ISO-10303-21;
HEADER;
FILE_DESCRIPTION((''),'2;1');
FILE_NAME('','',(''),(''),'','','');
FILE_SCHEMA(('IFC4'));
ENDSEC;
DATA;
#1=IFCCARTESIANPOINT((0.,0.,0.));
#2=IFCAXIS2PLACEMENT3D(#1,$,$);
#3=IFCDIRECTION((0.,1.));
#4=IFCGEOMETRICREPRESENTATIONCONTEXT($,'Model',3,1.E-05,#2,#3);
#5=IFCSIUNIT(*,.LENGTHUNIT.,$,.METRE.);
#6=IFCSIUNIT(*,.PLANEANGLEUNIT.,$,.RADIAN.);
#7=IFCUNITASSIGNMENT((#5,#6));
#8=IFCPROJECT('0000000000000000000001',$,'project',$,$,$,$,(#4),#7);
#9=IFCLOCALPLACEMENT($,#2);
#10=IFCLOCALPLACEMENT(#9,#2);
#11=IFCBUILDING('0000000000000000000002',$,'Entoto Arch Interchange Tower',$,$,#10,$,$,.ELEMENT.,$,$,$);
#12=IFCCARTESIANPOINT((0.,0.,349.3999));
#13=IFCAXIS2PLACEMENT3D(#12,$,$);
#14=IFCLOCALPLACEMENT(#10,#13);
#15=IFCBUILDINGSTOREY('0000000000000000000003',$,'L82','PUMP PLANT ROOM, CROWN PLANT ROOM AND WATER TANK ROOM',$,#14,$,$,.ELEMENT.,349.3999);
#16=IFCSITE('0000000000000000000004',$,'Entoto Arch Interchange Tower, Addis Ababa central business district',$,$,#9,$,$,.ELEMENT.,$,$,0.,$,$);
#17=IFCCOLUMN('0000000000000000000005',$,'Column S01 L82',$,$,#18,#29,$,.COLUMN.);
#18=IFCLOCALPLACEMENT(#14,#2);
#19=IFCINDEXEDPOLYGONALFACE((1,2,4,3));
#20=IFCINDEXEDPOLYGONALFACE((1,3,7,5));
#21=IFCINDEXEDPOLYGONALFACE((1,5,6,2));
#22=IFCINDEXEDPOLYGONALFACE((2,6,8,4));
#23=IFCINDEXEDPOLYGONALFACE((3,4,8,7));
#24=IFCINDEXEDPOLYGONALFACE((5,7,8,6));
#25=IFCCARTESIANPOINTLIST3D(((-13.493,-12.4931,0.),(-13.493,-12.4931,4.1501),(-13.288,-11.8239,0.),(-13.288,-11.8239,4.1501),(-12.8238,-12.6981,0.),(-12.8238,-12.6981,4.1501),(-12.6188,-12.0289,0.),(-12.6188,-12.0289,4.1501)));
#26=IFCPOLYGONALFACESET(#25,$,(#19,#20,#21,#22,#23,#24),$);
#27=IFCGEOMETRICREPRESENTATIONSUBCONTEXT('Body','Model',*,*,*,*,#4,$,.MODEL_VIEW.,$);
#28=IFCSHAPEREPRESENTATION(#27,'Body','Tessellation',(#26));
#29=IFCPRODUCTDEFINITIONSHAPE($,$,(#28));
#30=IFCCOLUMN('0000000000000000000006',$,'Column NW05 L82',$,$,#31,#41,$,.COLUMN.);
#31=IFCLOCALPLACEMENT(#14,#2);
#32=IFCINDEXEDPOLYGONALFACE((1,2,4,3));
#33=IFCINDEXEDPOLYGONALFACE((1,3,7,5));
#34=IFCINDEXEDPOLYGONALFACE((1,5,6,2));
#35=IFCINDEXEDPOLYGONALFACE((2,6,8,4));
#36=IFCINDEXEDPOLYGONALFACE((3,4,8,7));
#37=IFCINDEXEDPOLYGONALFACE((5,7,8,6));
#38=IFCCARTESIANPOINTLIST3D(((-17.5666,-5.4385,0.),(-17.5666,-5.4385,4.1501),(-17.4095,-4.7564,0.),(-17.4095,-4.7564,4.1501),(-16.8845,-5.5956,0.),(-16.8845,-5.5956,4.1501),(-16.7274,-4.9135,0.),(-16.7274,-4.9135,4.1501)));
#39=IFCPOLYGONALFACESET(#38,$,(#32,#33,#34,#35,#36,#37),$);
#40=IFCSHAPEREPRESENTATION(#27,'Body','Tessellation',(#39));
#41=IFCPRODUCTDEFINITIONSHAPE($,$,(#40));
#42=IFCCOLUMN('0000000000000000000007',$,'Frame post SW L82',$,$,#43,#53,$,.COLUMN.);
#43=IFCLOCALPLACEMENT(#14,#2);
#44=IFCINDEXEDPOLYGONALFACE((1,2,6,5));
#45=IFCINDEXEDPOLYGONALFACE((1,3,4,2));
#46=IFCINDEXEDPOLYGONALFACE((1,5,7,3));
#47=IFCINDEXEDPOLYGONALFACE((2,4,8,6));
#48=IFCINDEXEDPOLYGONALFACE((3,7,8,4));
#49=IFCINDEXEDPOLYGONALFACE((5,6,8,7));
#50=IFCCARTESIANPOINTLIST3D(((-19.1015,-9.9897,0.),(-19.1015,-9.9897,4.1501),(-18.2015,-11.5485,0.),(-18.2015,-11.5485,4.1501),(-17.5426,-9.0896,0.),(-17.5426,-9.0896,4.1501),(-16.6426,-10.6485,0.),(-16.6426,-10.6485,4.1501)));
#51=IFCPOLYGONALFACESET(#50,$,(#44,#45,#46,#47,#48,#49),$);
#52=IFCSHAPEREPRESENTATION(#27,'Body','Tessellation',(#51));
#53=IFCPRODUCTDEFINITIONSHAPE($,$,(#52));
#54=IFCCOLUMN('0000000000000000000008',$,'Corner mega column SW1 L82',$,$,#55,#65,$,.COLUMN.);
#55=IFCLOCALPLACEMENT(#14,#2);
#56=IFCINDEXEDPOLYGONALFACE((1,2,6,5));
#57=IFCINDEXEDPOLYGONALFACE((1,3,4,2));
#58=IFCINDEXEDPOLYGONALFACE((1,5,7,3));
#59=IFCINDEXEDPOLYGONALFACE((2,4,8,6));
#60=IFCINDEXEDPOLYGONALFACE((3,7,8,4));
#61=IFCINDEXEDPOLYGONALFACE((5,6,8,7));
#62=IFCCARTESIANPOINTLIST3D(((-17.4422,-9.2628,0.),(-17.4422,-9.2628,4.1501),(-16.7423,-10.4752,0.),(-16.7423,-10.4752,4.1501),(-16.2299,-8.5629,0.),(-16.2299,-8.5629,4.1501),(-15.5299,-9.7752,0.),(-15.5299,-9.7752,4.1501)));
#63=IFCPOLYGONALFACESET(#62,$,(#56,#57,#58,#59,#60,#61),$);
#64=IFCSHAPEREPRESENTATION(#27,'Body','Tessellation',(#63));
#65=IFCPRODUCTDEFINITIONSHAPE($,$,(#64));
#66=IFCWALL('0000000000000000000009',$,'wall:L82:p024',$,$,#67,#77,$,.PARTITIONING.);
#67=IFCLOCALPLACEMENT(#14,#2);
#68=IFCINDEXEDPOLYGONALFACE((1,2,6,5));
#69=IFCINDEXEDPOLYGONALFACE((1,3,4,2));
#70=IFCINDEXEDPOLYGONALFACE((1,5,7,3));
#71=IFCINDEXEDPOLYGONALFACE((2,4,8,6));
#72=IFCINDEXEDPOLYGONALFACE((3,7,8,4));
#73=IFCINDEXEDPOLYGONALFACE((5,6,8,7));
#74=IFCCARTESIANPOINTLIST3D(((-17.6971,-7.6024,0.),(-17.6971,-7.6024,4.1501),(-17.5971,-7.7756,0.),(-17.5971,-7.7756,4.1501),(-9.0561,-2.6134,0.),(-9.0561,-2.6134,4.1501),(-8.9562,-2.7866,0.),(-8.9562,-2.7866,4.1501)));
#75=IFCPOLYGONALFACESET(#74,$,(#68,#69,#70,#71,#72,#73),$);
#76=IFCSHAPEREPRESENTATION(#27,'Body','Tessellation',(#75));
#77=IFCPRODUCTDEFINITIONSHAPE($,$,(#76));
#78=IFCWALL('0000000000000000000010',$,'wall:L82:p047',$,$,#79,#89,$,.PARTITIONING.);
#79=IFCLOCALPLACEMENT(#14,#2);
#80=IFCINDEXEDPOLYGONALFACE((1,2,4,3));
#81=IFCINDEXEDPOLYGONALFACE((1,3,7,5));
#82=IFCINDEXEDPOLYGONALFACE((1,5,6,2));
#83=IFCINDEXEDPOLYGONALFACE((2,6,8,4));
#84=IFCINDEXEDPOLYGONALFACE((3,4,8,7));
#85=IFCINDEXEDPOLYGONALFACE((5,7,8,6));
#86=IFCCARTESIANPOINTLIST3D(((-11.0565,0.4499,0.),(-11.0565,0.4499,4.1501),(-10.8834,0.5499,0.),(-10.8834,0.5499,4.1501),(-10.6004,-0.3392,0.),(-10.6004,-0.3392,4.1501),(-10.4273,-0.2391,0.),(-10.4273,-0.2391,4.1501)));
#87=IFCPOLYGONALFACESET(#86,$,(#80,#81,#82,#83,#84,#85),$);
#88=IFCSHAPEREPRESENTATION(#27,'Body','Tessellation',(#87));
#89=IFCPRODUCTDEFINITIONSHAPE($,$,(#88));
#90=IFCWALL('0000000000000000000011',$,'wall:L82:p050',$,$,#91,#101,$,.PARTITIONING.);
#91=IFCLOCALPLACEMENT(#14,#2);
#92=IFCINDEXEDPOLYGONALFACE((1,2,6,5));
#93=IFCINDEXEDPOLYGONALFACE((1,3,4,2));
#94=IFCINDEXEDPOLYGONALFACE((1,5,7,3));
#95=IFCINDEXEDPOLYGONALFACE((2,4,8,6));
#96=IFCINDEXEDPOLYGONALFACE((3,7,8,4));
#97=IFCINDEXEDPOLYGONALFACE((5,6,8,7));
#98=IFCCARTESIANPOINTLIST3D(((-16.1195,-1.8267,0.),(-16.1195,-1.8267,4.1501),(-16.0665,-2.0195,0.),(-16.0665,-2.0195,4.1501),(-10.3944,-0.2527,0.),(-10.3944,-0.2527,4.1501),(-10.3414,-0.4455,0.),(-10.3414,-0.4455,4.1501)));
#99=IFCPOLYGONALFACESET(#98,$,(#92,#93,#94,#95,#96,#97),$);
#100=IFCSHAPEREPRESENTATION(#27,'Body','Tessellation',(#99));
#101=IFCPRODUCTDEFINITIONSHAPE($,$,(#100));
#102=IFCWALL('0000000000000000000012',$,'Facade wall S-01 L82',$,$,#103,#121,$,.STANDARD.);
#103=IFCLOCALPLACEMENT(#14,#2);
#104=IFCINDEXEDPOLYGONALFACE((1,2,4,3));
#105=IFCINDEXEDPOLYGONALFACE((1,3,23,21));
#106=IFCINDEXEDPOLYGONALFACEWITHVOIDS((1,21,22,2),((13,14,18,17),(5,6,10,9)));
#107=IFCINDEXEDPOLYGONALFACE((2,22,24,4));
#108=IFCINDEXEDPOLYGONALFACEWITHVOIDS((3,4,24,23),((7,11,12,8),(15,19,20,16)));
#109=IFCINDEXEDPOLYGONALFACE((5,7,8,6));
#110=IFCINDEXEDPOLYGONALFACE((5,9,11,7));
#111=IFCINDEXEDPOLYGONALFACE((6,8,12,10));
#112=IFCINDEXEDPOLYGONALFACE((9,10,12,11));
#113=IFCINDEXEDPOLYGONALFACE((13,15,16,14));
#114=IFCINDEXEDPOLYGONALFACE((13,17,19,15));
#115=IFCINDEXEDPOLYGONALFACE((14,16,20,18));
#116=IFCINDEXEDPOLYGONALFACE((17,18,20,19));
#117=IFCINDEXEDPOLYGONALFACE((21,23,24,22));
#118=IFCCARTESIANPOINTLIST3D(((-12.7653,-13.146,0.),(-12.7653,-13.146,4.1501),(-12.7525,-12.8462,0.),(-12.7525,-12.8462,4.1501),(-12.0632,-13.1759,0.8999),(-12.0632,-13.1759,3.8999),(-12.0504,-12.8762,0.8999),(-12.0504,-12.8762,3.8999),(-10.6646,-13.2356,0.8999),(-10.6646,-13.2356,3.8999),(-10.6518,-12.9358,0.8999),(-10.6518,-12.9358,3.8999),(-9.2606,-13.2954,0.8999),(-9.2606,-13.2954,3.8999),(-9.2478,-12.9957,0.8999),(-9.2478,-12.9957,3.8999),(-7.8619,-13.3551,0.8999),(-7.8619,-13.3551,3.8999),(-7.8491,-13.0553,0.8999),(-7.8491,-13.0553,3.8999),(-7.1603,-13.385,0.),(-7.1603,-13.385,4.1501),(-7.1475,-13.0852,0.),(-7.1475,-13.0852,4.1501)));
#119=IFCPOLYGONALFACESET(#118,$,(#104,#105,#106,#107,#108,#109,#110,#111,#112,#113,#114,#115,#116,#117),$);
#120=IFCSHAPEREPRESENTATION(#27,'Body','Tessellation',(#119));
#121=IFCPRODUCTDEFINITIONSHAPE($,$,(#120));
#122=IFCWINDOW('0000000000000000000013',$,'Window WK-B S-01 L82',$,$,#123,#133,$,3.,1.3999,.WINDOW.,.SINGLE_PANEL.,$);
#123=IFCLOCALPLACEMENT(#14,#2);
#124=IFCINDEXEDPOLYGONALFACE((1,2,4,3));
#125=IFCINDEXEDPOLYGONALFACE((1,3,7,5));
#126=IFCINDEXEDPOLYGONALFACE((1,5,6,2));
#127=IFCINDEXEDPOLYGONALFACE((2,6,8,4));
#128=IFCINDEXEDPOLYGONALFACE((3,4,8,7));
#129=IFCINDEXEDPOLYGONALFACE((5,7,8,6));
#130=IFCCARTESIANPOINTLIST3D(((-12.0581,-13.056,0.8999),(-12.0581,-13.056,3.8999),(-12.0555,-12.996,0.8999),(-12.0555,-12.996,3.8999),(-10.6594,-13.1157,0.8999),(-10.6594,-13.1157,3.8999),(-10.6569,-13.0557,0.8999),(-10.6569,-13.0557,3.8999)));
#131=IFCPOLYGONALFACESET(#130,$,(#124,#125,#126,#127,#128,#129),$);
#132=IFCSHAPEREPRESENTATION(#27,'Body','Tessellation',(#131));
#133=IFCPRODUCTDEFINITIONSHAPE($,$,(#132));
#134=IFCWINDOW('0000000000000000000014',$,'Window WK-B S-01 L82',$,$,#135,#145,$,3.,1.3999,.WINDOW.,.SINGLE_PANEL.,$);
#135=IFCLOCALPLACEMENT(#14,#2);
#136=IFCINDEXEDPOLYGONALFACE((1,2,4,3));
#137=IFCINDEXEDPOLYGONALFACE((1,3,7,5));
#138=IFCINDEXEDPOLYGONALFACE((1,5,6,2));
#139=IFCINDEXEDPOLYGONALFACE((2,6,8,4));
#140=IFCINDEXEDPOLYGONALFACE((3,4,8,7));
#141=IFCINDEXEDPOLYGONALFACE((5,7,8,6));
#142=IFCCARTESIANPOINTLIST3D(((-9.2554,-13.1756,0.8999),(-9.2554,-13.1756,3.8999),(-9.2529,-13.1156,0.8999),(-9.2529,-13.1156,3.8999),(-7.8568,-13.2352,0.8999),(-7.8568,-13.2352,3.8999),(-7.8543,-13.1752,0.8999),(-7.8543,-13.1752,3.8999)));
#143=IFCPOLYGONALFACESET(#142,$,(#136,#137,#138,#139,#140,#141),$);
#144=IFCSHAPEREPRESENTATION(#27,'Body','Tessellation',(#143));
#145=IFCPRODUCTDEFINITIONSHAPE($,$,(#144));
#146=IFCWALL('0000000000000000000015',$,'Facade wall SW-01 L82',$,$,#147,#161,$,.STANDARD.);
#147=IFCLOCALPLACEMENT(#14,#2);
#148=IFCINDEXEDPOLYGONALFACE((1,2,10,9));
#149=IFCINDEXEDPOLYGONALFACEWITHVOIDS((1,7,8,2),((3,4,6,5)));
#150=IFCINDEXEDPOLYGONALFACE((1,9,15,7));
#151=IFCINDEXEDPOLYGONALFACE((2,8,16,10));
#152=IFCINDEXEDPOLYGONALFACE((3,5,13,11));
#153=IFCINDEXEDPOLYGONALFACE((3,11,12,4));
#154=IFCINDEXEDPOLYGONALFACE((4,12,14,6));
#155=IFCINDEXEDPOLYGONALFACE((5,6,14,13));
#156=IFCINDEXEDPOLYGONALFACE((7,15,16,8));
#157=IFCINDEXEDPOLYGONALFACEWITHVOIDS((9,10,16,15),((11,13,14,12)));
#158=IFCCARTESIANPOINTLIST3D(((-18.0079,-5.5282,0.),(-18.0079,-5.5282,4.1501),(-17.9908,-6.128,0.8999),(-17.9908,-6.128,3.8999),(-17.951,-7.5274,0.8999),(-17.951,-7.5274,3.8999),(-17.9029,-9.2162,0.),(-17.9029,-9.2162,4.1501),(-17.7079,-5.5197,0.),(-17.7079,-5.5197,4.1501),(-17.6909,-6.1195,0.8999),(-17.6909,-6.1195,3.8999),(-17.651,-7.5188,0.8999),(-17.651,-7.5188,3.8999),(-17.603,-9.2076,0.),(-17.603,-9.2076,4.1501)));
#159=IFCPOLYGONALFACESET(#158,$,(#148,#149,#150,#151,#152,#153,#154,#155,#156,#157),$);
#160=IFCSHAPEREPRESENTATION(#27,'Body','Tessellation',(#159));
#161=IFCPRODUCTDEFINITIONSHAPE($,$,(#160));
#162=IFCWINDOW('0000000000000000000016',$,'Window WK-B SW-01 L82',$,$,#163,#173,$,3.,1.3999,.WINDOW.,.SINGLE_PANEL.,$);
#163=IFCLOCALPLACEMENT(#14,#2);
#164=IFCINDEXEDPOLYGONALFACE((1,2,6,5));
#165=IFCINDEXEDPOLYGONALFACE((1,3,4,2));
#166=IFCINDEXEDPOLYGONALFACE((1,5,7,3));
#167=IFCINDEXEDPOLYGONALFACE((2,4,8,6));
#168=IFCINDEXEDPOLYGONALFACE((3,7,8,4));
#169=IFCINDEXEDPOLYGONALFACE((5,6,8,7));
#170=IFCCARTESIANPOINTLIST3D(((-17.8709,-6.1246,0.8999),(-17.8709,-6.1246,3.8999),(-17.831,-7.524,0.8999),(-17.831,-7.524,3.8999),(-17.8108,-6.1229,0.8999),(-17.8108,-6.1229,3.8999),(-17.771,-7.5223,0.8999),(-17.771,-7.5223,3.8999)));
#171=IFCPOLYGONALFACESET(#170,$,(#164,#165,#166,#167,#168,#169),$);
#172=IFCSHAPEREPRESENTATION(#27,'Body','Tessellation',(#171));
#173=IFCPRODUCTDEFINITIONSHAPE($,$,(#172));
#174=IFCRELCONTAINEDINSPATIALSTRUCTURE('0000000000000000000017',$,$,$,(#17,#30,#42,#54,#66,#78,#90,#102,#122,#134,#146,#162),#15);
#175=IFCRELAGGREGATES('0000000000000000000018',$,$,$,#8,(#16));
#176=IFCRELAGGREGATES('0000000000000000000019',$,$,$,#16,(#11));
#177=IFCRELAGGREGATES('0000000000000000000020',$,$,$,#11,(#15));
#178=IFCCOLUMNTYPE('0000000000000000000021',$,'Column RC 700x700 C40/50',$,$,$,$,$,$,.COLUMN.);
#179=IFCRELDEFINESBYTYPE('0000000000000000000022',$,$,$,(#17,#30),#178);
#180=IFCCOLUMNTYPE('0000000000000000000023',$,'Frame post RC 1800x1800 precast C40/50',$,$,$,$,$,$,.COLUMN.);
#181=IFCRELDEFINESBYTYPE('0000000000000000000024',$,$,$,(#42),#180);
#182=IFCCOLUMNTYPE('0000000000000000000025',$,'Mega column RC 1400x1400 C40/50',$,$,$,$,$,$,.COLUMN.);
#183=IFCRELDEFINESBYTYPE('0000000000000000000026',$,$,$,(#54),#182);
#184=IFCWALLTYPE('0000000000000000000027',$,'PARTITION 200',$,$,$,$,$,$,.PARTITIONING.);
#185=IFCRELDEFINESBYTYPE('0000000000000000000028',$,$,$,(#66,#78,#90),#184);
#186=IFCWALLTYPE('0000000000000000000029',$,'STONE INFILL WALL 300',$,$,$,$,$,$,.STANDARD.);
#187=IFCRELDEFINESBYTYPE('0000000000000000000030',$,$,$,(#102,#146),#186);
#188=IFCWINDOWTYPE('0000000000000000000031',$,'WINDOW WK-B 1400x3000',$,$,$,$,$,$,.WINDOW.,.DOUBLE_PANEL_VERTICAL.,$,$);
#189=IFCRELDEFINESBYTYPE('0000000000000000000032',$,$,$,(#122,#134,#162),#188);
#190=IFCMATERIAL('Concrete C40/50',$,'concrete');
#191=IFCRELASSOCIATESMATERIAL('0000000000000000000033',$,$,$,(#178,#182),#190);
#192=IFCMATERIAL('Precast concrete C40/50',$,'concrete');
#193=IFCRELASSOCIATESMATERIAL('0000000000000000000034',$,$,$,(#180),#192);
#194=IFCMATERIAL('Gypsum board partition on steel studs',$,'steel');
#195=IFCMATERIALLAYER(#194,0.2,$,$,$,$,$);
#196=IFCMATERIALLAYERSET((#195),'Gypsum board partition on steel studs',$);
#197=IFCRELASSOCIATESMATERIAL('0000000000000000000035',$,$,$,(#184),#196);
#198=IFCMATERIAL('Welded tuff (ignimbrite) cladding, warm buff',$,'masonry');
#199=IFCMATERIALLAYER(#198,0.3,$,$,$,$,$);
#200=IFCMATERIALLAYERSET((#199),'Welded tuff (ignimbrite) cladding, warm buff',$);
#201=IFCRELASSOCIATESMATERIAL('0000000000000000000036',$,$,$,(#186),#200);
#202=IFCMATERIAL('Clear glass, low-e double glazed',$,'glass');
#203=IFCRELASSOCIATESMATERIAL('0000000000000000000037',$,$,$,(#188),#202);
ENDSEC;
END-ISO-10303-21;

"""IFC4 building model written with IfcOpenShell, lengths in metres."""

from ifc_helpers import new_model, si_unit, direction, frame, frame_2d, origin, origin_2d, place, context, subcontext, project, spatial, rectangle, extrude, material, layer, layer_set, material_profile, profile_set, type_object, element, fill, save


model = new_model("IFC4")

# Units and contexts
model_context = context("Model", 3, precision=1e-05, world=origin(), true_north=direction((0.0, 1.0)))
body_context = subcontext(model_context, "Body", "Model", "MODEL_VIEW")
ifc_project = project(units=[si_unit("LENGTHUNIT", "METRE"), si_unit("PLANEANGLEUNIT", "RADIAN")], contexts=[model_context])

# Site, building, storey
site_placement = place(None, origin())
site = spatial("IfcSite", under=ifc_project, at=site_placement, Name="Entoto Arch Interchange Tower, Addis Ababa central business district", CompositionType="ELEMENT", RefElevation=0.0)
building_placement = place(site_placement, origin())
building = spatial("IfcBuilding", under=site, at=building_placement, Name="Entoto Arch Interchange Tower", CompositionType="ELEMENT")
storey_placement = place(building_placement, frame((0.0, 0.0, 349.3999)))
storey = spatial("IfcBuildingStorey", under=building, at=storey_placement, Name="L82", Description="PUMP PLANT ROOM, CROWN PLANT ROOM AND WATER TANK ROOM", CompositionType="ELEMENT", Elevation=349.3999)

# Columns
ifc_material_1 = material(Name="Concrete C40/50", Category="concrete")
ifc_material_profile_1 = material_profile(ifc_material_1, rectangle(XDim=0.7, YDim=0.7, at=origin_2d()))
ifc_profile_set_1 = profile_set([ifc_material_profile_1], Name="Concrete C40/50")
column_type_1 = type_object("IfcColumnType", Name="Column RC 700x700 C40/50", PredefinedType="COLUMN", material=ifc_profile_set_1)
for number, where, z_axis, x_axis, name in (
    (1, (-13.0559, -12.261, 0.0), (0.0, 0.0, 1.0), (-0.956141, 0.292906, 0.0), "Column S01 L82"),
    (2, (-17.147, -5.176, 0.0), (0.0, 0.0, 1.0), (0.224407, 0.974496, 0.0), "Column NW05 L82"),
):
    element("IfcColumn", number, at=place(storey_placement, frame(where, z_axis=z_axis, x_axis=x_axis)), inside=storey, type_object=column_type_1, Name=name, PredefinedType="COLUMN", context=body_context, shape_type="SweptSolid", body=[
        extrude(rectangle(XDim=0.7, YDim=0.7, at=origin_2d()), origin(), (0.0, 0.0, 1.0), 4.1501),
    ])
ifc_material_2 = material(Name="Precast concrete C40/50", Category="concrete")
ifc_material_profile_2 = material_profile(ifc_material_2, rectangle(XDim=1.8, YDim=1.8, at=origin_2d()))
ifc_profile_set_2 = profile_set([ifc_material_profile_2], Name="Precast concrete C40/50")
column_type_2 = type_object("IfcColumnType", Name="Frame post RC 1800x1800 precast C40/50", PredefinedType="COLUMN", material=ifc_profile_set_2)
column_1_placement = place(storey_placement, frame((-17.8721, -10.3191, 0.0), z_axis=(0.0, 0.0, 1.0), x_axis=(0.866025, 0.5, 0.0)))
element("IfcColumn", 3, at=column_1_placement, inside=storey, type_object=column_type_2, Name="Frame post SW L82", PredefinedType="COLUMN", context=body_context, shape_type="SweptSolid", body=[
    extrude(rectangle(XDim=1.8, YDim=1.8, at=origin_2d()), origin(), (0.0, 0.0, 1.0), 4.1501),
])
ifc_material_profile_3 = material_profile(ifc_material_1, rectangle(XDim=1.3999, YDim=1.3999, at=origin_2d()))
ifc_profile_set_3 = profile_set([ifc_material_profile_3], Name="Concrete C40/50")
column_type_3 = type_object("IfcColumnType", Name="Mega column RC 1400x1400 C40/50", PredefinedType="COLUMN", material=ifc_profile_set_3)
column_2_placement = place(storey_placement, frame((-16.4861, -9.519, 0.0), z_axis=(0.0, 0.0, 1.0), x_axis=(0.866025, 0.5, 0.0)))
element("IfcColumn", 4, at=column_2_placement, inside=storey, type_object=column_type_3, Name="Corner mega column SW1 L82", PredefinedType="COLUMN", context=body_context, shape_type="SweptSolid", body=[
    extrude(rectangle(XDim=1.3999, YDim=1.3999, at=origin_2d()), origin(), (0.0, 0.0, 1.0), 4.1501),
])

# Walls
ifc_material_3 = material(Name="Gypsum board partition on steel studs", Category="steel")
ifc_layer_1 = layer(ifc_material_3, 0.2)
ifc_layer_set_1 = layer_set([ifc_layer_1], Name="Gypsum board partition on steel studs")
wall_type_1 = type_object("IfcWallType", Name="PARTITION 200", PredefinedType="PARTITIONING", material=ifc_layer_set_1)
wall_1_placement = place(storey_placement, frame((-17.647, -7.689, 0.0), z_axis=(0.0, 0.0, 1.0), x_axis=(0.866016, 0.500015, 0.0)))
element("IfcWall", 5, at=wall_1_placement, inside=storey, type_object=wall_type_1, Name="wall:L82:p024", PredefinedType="PARTITIONING", context=body_context, shape_type="SweptSolid", body=[
    extrude(rectangle(XDim=9.9778, YDim=0.2, at=frame_2d((4.9888, 0.0))), origin(), (0.0, 0.0, 1.0), 4.1501),
])
wall_2_placement = place(storey_placement, frame((-10.5139, -0.2891, 0.0), z_axis=(0.0, 0.0, 1.0), x_axis=(-0.500403, 0.865793, 0.0)))
element("IfcWall", 6, at=wall_2_placement, inside=storey, type_object=wall_type_1, Name="wall:L82:p047", PredefinedType="PARTITIONING", context=body_context, shape_type="SweptSolid", body=[
    extrude(rectangle(XDim=0.9114, YDim=0.2, at=frame_2d((0.4556, 0.0))), origin(), (0.0, 0.0, 1.0), 4.1501),
])
wall_3_placement = place(storey_placement, frame((-10.3679, -0.3491, 0.0), z_axis=(0.0, 0.0, 1.0), x_axis=(-0.964224, -0.26509, 0.0)))
element("IfcWall", 7, at=wall_3_placement, inside=storey, type_object=wall_type_1, Name="wall:L82:p050", PredefinedType="PARTITIONING", context=body_context, shape_type="SweptSolid", body=[
    extrude(rectangle(XDim=5.9375, YDim=0.2, at=frame_2d((2.9688, 0.0))), origin(), (0.0, 0.0, 1.0), 4.1501),
])

# Wall, openings, windows
ifc_material_4 = material(Name="Welded tuff (ignimbrite) cladding, warm buff", Category="masonry")
ifc_layer_2 = layer(ifc_material_4, 0.3)
ifc_layer_set_2 = layer_set([ifc_layer_2], Name="Welded tuff (ignimbrite) cladding, warm buff")
wall_type_2 = type_object("IfcWallType", Name="STONE INFILL WALL 300", PredefinedType="STANDARD", material=ifc_layer_set_2)
wall_4_placement = place(storey_placement, frame((-12.759, -12.9961, 0.0), z_axis=(0.0, 0.0, 1.0), x_axis=(0.999092, -0.042604, 0.0)))
wall_4 = element("IfcWall", 8, at=wall_4_placement, inside=storey, type_object=wall_type_2, Name="Facade wall S-01 L82", PredefinedType="STANDARD", context=body_context, shape_type="SweptSolid", body=[
    extrude(rectangle(XDim=5.6101, YDim=0.3, at=frame_2d((2.8052, 0.0))), origin(), (0.0, 0.0, 1.0), 4.1501),
])
opening_1_placement = place(wall_4_placement, frame((0.7029, 0.0, 0.8999)))
opening_1 = element("IfcOpeningElement", 9, at=opening_1_placement, cuts=wall_4, PredefinedType="OPENING", context=body_context, shape_type="SweptSolid", body=[
    extrude(rectangle(XDim=1.3999, YDim=3.0, at=frame_2d((0.7, 1.5))), frame((0.0, 0.1602, 0.0), z_axis=(0.0, -1.0, 0.0), x_axis=(1.0, 0.0, 0.0)), (0.0, 0.0, 1.0), 0.3201),
])
opening_2_placement = place(wall_4_placement, frame((3.5081, 0.0, 0.8999)))
opening_2 = element("IfcOpeningElement", 10, at=opening_2_placement, cuts=wall_4, PredefinedType="OPENING", context=body_context, shape_type="SweptSolid", body=[
    extrude(rectangle(XDim=1.3999, YDim=3.0, at=frame_2d((0.7, 1.5))), frame((0.0, 0.1602, 0.0), z_axis=(0.0, -1.0, 0.0), x_axis=(1.0, 0.0, 0.0)), (0.0, 0.0, 1.0), 0.3201),
])
ifc_material_5 = material(Name="Clear glass, low-e double glazed", Category="glass")
window_type = type_object("IfcWindowType", Name="WINDOW WK-B 1400x3000", PartitioningType="DOUBLE_PANEL_VERTICAL", PredefinedType="WINDOW", material=ifc_material_5)
window_1_placement = place(opening_1_placement, origin())
window_1 = element("IfcWindow", 11, at=window_1_placement, inside=storey, type_object=window_type, Name="Window WK-B S-01 L82", OverallHeight=3.0, OverallWidth=1.3999, PartitioningType="SINGLE_PANEL", PredefinedType="WINDOW", context=body_context, shape_type="SweptSolid", body=[
    extrude(rectangle(XDim=1.3999, YDim=3.0, at=frame_2d((0.7, 1.5))), frame((0.0, 0.03, 0.0), z_axis=(0.0, -1.0, 0.0), x_axis=(1.0, 0.0, 0.0)), (0.0, 0.0, 1.0), 0.0601),
])
fill(opening_1, window_1)
window_2_placement = place(opening_2_placement, origin())
window_2 = element("IfcWindow", 12, at=window_2_placement, inside=storey, type_object=window_type, Name="Window WK-B S-01 L82", OverallHeight=3.0, OverallWidth=1.3999, PartitioningType="SINGLE_PANEL", PredefinedType="WINDOW", context=body_context, shape_type="SweptSolid", body=[
    extrude(rectangle(XDim=1.3999, YDim=3.0, at=frame_2d((0.7, 1.5))), frame((0.0, 0.03, 0.0), z_axis=(0.0, -1.0, 0.0), x_axis=(1.0, 0.0, 0.0)), (0.0, 0.0, 1.0), 0.0601),
])
fill(opening_2, window_2)

# Wall, opening, window
wall_5_placement = place(storey_placement, frame((-17.8579, -5.5239, 0.0), z_axis=(0.0, 0.0, 1.0), x_axis=(0.028454, -0.999595, 0.0)))
wall_5 = element("IfcWall", 13, at=wall_5_placement, inside=storey, type_object=wall_type_2, Name="Facade wall SW-01 L82", PredefinedType="STANDARD", context=body_context, shape_type="SweptSolid", body=[
    extrude(rectangle(XDim=3.6895, YDim=0.3, at=frame_2d((1.8447, 0.0))), origin(), (0.0, 0.0, 1.0), 4.1501),
])
opening_3_placement = place(wall_5_placement, frame((0.6001, 0.0, 0.8999)))
opening_3 = element("IfcOpeningElement", 14, at=opening_3_placement, cuts=wall_5, PredefinedType="OPENING", context=body_context, shape_type="SweptSolid", body=[
    extrude(rectangle(XDim=1.3999, YDim=3.0, at=frame_2d((0.7, 1.5))), frame((0.0, 0.1602, 0.0), z_axis=(0.0, -1.0, 0.0), x_axis=(1.0, 0.0, 0.0)), (0.0, 0.0, 1.0), 0.3201),
])
window_3_placement = place(opening_3_placement, origin())
window_3 = element("IfcWindow", 15, at=window_3_placement, inside=storey, type_object=window_type, Name="Window WK-B SW-01 L82", OverallHeight=3.0, OverallWidth=1.3999, PartitioningType="SINGLE_PANEL", PredefinedType="WINDOW", context=body_context, shape_type="SweptSolid", body=[
    extrude(rectangle(XDim=1.3999, YDim=3.0, at=frame_2d((0.7, 1.5))), frame((0.0, 0.03, 0.0), z_axis=(0.0, -1.0, 0.0), x_axis=(1.0, 0.0, 0.0)), (0.0, 0.0, 1.0), 0.0601),
])
fill(opening_3, window_3)

save(model, "model.ifc")
